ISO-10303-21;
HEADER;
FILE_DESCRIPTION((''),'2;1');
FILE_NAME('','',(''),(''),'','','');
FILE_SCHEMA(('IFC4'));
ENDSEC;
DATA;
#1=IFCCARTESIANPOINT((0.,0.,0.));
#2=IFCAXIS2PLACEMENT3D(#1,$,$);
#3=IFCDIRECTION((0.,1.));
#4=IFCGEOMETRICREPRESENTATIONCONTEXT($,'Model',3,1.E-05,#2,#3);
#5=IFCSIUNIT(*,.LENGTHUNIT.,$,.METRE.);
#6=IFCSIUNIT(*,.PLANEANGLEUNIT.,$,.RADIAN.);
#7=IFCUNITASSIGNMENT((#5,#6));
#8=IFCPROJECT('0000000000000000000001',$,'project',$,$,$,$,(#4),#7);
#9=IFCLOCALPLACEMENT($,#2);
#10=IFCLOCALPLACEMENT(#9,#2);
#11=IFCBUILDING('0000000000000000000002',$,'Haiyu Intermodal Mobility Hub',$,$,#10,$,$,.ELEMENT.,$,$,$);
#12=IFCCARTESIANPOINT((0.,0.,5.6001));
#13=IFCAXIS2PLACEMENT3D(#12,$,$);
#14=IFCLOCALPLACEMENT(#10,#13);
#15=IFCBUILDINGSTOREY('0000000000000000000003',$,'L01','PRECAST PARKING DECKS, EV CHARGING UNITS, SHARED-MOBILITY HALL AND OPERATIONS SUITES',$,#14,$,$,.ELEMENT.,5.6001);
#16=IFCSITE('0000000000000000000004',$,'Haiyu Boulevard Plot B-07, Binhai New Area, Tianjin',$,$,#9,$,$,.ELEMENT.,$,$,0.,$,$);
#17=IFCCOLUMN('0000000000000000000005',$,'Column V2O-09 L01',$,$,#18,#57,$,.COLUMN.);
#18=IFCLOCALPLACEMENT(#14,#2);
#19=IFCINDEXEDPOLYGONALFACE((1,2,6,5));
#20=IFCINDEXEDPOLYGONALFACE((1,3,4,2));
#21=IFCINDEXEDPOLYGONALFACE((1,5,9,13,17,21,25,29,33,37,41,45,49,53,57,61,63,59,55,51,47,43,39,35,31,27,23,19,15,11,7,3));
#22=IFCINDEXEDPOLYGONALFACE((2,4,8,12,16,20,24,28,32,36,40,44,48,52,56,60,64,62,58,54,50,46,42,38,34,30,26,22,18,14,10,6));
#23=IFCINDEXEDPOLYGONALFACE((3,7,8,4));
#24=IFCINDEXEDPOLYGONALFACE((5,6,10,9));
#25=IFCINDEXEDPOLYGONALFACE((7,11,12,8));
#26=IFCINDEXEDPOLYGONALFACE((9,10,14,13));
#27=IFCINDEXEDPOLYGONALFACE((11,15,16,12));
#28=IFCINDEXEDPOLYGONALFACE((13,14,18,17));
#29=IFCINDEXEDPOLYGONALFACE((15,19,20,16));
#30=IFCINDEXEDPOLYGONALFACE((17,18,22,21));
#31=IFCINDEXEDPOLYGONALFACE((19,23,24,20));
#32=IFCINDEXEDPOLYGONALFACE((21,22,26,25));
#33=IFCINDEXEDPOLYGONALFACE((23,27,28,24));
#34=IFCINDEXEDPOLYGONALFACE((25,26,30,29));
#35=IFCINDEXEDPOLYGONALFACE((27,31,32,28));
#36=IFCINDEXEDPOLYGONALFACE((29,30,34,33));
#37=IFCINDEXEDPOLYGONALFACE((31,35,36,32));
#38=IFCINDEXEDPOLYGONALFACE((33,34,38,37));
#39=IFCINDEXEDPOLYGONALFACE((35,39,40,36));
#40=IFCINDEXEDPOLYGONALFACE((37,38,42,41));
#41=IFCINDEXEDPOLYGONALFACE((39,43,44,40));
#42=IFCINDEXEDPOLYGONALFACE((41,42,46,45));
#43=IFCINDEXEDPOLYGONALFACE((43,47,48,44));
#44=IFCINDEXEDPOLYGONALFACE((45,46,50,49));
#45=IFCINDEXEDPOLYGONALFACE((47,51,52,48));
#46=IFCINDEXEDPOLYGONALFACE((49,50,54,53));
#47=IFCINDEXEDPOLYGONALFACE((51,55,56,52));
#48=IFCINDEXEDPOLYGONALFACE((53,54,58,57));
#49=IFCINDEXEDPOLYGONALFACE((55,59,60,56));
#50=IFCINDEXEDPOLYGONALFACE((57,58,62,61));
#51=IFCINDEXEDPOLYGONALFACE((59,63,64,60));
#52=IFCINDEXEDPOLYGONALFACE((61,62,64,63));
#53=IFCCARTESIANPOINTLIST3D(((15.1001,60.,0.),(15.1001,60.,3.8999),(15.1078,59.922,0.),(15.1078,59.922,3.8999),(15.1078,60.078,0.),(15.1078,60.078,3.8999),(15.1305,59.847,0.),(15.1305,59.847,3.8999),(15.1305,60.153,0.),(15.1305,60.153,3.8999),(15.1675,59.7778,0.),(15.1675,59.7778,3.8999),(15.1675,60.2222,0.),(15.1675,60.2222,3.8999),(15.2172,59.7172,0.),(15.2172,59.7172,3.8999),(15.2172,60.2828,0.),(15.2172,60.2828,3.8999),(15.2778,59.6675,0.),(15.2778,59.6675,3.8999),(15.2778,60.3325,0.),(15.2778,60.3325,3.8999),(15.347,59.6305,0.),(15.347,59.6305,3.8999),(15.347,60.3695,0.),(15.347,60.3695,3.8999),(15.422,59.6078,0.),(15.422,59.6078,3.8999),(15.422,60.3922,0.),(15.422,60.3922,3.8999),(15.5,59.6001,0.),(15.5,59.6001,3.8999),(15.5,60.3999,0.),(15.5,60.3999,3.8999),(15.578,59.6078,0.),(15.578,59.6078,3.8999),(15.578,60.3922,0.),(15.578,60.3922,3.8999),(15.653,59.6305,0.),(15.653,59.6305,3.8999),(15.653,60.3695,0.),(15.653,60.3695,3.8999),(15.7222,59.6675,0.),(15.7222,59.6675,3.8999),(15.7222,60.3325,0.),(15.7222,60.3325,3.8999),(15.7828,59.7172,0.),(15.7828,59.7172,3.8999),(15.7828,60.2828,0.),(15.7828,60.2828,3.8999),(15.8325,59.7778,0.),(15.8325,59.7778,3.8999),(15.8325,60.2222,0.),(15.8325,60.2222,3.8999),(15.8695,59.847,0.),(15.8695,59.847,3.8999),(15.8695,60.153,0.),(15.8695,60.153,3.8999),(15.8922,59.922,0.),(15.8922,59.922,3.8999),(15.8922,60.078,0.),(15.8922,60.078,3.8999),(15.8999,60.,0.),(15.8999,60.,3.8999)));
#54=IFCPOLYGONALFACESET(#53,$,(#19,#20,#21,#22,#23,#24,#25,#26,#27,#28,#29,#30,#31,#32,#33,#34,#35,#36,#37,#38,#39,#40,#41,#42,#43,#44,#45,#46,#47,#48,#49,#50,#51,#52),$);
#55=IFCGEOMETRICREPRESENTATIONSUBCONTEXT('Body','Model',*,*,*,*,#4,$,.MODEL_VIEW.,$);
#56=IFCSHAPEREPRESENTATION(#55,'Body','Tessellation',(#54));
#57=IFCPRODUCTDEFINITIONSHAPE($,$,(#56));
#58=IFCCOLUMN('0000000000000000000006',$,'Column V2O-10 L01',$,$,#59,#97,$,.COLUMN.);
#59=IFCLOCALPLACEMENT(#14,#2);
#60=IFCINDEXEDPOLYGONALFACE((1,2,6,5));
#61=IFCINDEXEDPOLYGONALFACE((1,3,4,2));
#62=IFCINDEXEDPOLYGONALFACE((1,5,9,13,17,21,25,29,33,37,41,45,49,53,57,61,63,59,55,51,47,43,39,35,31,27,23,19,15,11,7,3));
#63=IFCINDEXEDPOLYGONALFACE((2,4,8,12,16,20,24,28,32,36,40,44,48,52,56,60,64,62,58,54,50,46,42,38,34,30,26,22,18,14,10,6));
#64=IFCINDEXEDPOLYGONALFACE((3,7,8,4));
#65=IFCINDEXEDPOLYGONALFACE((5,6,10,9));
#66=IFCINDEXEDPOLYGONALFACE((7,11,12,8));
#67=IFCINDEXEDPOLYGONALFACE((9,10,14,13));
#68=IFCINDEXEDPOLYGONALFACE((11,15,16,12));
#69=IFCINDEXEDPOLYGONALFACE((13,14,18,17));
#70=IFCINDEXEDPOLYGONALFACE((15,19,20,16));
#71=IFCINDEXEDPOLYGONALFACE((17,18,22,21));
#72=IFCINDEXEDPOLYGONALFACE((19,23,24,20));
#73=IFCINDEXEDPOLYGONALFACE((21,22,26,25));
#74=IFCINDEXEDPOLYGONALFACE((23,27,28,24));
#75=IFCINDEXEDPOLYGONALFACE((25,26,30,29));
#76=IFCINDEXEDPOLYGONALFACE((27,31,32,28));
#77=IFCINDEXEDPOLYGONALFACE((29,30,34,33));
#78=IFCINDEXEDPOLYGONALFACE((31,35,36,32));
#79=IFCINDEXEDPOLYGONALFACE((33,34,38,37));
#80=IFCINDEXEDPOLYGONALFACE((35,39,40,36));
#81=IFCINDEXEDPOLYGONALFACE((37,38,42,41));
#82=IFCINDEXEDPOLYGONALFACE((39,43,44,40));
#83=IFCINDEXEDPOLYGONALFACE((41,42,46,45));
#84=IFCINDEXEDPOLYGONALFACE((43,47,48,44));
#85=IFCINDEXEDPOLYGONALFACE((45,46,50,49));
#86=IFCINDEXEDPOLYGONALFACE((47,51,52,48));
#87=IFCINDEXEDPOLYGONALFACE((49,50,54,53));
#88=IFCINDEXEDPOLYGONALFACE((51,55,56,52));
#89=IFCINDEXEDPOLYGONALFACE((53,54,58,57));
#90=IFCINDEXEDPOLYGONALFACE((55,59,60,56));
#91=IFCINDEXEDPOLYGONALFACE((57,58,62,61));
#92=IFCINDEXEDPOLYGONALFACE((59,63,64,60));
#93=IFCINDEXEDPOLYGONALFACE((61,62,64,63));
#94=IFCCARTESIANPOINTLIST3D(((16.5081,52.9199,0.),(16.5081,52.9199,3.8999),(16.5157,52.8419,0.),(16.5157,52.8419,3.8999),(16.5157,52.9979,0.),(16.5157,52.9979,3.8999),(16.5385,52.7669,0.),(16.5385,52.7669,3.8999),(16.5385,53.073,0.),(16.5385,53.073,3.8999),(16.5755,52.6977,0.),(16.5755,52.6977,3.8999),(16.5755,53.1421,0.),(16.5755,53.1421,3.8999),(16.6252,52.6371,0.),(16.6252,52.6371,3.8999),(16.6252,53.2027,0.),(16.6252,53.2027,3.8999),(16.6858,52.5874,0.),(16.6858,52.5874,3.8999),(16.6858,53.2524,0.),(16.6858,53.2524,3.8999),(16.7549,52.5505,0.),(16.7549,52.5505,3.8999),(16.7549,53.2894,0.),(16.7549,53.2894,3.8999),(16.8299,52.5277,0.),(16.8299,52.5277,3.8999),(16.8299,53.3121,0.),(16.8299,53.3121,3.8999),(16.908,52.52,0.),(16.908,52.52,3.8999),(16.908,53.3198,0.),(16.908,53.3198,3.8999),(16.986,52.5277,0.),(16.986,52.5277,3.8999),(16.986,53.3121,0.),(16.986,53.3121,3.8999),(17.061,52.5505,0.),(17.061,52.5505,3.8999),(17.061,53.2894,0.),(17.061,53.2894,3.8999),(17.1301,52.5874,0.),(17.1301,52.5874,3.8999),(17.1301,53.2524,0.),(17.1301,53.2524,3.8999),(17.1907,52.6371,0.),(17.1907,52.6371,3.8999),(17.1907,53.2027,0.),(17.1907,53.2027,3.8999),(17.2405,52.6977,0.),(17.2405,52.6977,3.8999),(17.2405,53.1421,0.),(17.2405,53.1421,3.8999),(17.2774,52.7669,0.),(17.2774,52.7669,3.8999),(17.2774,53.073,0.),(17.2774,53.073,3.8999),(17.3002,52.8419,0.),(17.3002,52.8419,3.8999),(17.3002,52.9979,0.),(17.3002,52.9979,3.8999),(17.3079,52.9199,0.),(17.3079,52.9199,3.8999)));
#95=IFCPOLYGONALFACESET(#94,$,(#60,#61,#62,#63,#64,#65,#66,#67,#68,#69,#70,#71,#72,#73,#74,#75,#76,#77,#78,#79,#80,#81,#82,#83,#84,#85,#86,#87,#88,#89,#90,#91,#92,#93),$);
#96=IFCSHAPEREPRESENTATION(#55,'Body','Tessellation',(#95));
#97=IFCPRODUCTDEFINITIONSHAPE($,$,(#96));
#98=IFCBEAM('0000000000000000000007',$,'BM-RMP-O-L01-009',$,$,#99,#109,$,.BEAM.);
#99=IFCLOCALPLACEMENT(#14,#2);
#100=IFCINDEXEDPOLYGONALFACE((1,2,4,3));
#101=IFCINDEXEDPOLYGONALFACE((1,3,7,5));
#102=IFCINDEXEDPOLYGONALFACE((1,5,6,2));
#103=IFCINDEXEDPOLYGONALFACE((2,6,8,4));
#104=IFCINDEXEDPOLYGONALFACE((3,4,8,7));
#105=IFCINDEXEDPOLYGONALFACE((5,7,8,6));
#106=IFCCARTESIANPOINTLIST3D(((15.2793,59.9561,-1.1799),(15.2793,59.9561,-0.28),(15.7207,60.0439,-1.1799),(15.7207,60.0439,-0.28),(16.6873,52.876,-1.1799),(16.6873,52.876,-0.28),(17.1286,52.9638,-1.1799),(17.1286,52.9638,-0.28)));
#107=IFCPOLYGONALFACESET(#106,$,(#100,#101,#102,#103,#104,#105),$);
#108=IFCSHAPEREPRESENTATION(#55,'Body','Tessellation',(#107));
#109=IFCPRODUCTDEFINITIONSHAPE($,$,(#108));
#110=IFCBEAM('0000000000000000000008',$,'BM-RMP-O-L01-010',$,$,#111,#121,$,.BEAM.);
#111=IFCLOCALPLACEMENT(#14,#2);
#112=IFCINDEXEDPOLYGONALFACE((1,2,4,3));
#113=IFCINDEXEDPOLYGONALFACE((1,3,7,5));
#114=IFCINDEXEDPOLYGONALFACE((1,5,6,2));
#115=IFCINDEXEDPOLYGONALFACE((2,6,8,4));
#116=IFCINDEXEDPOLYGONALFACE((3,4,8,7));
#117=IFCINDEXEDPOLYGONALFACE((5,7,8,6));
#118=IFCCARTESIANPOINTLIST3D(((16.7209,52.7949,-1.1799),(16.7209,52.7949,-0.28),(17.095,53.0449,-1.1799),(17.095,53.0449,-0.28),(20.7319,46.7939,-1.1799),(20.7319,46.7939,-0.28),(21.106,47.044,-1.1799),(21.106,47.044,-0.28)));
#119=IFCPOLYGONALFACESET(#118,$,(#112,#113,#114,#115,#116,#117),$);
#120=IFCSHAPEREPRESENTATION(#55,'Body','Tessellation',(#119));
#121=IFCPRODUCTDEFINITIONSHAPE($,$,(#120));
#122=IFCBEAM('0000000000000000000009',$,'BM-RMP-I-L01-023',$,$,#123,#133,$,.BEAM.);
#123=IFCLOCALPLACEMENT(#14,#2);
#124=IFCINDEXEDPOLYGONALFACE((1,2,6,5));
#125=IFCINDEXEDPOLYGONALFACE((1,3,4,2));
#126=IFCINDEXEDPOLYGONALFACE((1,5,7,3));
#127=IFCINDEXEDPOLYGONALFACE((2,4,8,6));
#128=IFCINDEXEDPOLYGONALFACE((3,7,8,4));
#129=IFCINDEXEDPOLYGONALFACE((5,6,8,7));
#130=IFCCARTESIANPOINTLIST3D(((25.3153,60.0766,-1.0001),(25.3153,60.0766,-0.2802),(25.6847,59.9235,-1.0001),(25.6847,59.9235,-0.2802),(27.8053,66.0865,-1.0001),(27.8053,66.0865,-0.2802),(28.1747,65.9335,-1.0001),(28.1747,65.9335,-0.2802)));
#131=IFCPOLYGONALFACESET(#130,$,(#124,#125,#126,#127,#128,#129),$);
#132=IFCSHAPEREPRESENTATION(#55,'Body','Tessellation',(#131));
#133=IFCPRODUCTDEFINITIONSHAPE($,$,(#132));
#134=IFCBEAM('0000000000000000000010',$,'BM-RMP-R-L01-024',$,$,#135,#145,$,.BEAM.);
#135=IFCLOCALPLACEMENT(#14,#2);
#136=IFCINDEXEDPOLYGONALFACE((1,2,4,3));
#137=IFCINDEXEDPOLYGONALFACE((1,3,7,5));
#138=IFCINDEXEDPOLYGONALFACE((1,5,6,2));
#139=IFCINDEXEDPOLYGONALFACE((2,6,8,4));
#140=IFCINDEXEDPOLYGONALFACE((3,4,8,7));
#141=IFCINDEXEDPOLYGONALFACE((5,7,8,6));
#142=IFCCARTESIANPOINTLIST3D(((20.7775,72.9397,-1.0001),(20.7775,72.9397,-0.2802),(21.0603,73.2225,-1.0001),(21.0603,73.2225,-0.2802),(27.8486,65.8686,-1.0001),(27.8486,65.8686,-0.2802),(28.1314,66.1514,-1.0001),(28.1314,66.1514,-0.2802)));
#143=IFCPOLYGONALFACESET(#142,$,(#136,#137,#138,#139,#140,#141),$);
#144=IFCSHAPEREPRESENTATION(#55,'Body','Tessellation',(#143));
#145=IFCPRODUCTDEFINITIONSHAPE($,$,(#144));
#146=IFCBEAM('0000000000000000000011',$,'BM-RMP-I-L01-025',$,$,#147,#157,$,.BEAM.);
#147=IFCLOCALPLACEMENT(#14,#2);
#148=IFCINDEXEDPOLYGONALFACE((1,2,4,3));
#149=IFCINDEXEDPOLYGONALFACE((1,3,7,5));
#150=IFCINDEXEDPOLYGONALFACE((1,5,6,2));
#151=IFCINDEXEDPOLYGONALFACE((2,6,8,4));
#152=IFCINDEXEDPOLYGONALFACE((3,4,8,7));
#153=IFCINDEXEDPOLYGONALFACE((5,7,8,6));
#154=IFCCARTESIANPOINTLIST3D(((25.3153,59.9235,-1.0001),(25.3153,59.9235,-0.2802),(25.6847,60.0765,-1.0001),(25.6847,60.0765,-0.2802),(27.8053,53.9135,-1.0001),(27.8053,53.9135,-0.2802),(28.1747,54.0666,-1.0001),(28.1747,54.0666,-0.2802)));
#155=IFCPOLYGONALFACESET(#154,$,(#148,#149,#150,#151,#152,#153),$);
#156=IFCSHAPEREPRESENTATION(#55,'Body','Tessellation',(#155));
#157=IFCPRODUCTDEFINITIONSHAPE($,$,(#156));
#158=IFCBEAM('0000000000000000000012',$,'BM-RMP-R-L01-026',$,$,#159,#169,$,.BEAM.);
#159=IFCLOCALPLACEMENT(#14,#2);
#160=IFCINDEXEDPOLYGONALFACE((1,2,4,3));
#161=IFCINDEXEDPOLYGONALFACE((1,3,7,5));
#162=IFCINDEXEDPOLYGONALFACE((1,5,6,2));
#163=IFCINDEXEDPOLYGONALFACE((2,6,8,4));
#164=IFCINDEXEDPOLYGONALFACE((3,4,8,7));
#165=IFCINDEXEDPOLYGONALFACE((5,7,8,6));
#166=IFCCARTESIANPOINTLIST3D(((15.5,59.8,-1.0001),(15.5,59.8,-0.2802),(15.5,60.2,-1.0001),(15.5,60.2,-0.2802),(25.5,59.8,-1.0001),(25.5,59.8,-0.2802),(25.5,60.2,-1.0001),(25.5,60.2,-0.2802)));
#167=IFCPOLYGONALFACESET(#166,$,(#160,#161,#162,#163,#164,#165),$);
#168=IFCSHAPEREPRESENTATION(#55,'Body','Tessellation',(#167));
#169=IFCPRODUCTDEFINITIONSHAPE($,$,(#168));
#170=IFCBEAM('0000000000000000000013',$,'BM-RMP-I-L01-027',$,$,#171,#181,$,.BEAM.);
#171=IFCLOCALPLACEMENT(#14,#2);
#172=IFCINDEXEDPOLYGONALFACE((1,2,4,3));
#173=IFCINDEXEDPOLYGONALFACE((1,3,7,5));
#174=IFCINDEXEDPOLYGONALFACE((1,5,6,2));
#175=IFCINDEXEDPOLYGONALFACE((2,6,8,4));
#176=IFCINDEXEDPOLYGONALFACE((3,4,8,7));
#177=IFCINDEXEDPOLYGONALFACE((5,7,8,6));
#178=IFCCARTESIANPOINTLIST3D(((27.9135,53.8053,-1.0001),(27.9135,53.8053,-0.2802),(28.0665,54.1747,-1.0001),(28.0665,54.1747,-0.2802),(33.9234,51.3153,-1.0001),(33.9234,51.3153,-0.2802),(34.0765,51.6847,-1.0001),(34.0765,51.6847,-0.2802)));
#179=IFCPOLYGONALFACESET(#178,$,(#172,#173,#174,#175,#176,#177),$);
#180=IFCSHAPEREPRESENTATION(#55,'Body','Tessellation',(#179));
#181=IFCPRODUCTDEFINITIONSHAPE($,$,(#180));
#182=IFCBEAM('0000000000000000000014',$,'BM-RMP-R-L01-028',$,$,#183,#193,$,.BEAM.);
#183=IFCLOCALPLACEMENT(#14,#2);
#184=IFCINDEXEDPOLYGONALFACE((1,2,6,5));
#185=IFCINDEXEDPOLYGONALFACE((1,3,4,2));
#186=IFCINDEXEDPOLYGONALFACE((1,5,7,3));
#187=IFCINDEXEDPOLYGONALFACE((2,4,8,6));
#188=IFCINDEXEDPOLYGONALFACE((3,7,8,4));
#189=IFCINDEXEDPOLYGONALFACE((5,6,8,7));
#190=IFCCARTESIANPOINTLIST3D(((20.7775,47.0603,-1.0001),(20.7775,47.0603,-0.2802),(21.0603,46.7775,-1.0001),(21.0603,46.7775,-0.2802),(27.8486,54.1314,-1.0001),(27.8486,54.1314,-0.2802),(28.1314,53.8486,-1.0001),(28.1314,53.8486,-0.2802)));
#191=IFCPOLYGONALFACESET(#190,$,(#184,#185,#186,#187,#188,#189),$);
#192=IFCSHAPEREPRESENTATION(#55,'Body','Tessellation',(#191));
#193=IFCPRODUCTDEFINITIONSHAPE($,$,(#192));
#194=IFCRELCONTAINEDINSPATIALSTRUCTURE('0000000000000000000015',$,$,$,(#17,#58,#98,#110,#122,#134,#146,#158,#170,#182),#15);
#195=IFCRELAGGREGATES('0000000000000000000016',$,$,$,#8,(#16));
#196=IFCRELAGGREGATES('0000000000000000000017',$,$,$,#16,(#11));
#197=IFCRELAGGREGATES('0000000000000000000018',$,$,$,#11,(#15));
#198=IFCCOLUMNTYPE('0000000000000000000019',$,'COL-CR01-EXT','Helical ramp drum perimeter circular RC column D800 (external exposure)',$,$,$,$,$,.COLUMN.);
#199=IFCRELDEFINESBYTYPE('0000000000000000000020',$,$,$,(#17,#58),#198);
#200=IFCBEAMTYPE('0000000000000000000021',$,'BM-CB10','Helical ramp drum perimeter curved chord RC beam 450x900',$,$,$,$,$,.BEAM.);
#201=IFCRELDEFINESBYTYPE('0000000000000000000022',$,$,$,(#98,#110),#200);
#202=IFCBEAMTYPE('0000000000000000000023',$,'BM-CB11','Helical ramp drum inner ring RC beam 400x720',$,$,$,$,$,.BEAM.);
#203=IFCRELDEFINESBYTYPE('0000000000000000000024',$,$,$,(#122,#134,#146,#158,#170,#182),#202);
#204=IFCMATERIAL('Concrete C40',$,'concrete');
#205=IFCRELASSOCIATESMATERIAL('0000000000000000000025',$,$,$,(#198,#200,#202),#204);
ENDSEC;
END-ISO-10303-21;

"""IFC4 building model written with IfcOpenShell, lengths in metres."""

from ifc_helpers import new_model, si_unit, direction, frame, origin, origin_2d, place, context, subcontext, project, spatial, rectangle, circle, extrude, material, material_profile, profile_set, type_object, element, save


model = new_model("IFC4")

# Units and contexts
model_context = context("Model", 3, precision=1e-05, world=origin(), true_north=direction((0.0, 1.0)))
body_context = subcontext(model_context, "Body", "Model", "MODEL_VIEW")
ifc_project = project(units=[si_unit("LENGTHUNIT", "METRE"), si_unit("PLANEANGLEUNIT", "RADIAN")], contexts=[model_context])

# Site, building, storey
site_placement = place(None, origin())
site = spatial("IfcSite", under=ifc_project, at=site_placement, Name="Haiyu Boulevard Plot B-07, Binhai New Area, Tianjin", CompositionType="ELEMENT", RefElevation=0.0)
building_placement = place(site_placement, origin())
building = spatial("IfcBuilding", under=site, at=building_placement, Name="Haiyu Intermodal Mobility Hub", CompositionType="ELEMENT")
storey_placement = place(building_placement, frame((0.0, 0.0, 5.6001)))
storey = spatial("IfcBuildingStorey", under=building, at=storey_placement, Name="L01", Description="PRECAST PARKING DECKS, EV CHARGING UNITS, SHARED-MOBILITY HALL AND OPERATIONS SUITES", CompositionType="ELEMENT", Elevation=5.6001)

# Columns
ifc_material_1 = material(Name="Concrete C40", Category="concrete")
ifc_material_profile_1 = material_profile(ifc_material_1, circle(Radius=0.3999, at=origin_2d()), Name="RCCOL-D800")
ifc_profile_set_1 = profile_set([ifc_material_profile_1], Name="Concrete C40")
column_type_1 = type_object("IfcColumnType", Name="COL-CR01-EXT", Description="Helical ramp drum perimeter circular RC column D800 (external exposure)", PredefinedType="COLUMN", material=ifc_profile_set_1)
for number, where, z_axis, x_axis, name in (
    (1, (15.5, 60.0, 0.0), (0.0, 0.0, 1.0), (1.0, 0.0, 0.0), "Column V2O-09 L01"),
    (2, (16.908, 52.9199, 0.0), (0.0, 0.0, 1.0), (1.0, 0.0, 0.0), "Column V2O-10 L01"),
):
    element("IfcColumn", number, at=place(storey_placement, frame(where, z_axis=z_axis, x_axis=x_axis)), inside=storey, type_object=column_type_1, Name=name, PredefinedType="COLUMN", context=body_context, shape_type="SweptSolid", body=[
        extrude(circle(Radius=0.3999, at=origin_2d()), origin(), (0.0, 0.0, 1.0), 3.8999),
    ])

# Beams
ifc_material_profile_2 = material_profile(ifc_material_1, rectangle(XDim=0.45, YDim=0.8999, at=origin_2d()), Name="RCB450x900")
ifc_profile_set_2 = profile_set([ifc_material_profile_2], Name="Concrete C40")
beam_type_1 = type_object("IfcBeamType", Name="BM-CB10", Description="Helical ramp drum perimeter curved chord RC beam 450x900", PredefinedType="BEAM", material=ifc_profile_set_2)
beam_1_placement = place(storey_placement, frame((15.5, 60.0, -0.73), z_axis=(0.195043, -0.980795, 0.0), x_axis=(0.980795, 0.195043, 0.0)))
element("IfcBeam", 3, at=beam_1_placement, inside=storey, type_object=beam_type_1, Name="BM-RMP-O-L01-009", PredefinedType="BEAM", context=body_context, shape_type="SweptSolid", body=[
    extrude(rectangle(XDim=0.45, YDim=0.8999, at=origin_2d()), origin(), (0.0, 0.0, 1.0), 7.2188),
])
beam_2_placement = place(storey_placement, frame((16.908, 52.9199, -0.73), z_axis=(0.555691, -0.831389, 0.0), x_axis=(0.831389, 0.555691, 0.0)))
element("IfcBeam", 4, at=beam_2_placement, inside=storey, type_object=beam_type_1, Name="BM-RMP-O-L01-010", PredefinedType="BEAM", context=body_context, shape_type="SweptSolid", body=[
    extrude(rectangle(XDim=0.45, YDim=0.8999, at=origin_2d()), origin(), (0.0, 0.0, 1.0), 7.218),
])
ifc_material_profile_3 = material_profile(ifc_material_1, rectangle(XDim=0.3999, YDim=0.72, at=origin_2d()), Name="RCB400x720")
ifc_profile_set_3 = profile_set([ifc_material_profile_3], Name="Concrete C40")
beam_type_2 = type_object("IfcBeamType", Name="BM-CB11", Description="Helical ramp drum inner ring RC beam 400x720", PredefinedType="BEAM", material=ifc_profile_set_3)
beam_3_placement = place(storey_placement, frame((27.99, 66.01, -0.6401), z_axis=(-0.382757, -0.923849, 0.0), x_axis=(0.923849, -0.382757, 0.0)))
element("IfcBeam", 5, at=beam_3_placement, inside=storey, type_object=beam_type_2, Name="BM-RMP-I-L01-023", PredefinedType="BEAM", context=body_context, shape_type="SweptSolid", body=[
    extrude(rectangle(XDim=0.3999, YDim=0.72, at=origin_2d()), origin(), (0.0, 0.0, 1.0), 6.5054),
])
beam_4_placement = place(storey_placement, frame((27.99, 66.01, -0.6401), z_axis=(-0.707107, 0.707107, 0.0), x_axis=(-0.707107, -0.707107, 0.0)))
element("IfcBeam", 6, at=beam_4_placement, inside=storey, type_object=beam_type_2, Name="BM-RMP-R-L01-024", PredefinedType="BEAM", context=body_context, shape_type="SweptSolid", body=[
    extrude(rectangle(XDim=0.3999, YDim=0.72, at=origin_2d()), origin(), (0.0, 0.0, 1.0), 10.0),
])
beam_5_placement = place(storey_placement, frame((25.5, 60.0, -0.6401), z_axis=(0.382757, -0.923849, 0.0), x_axis=(0.923849, 0.382757, 0.0)))
element("IfcBeam", 7, at=beam_5_placement, inside=storey, type_object=beam_type_2, Name="BM-RMP-I-L01-025", PredefinedType="BEAM", context=body_context, shape_type="SweptSolid", body=[
    extrude(rectangle(XDim=0.3999, YDim=0.72, at=origin_2d()), origin(), (0.0, 0.0, 1.0), 6.5054),
])
beam_6_placement = place(storey_placement, frame((25.5, 60.0, -0.6401), z_axis=(-1.0, 0.0, 0.0), x_axis=(0.0, -1.0, 0.0)))
element("IfcBeam", 8, at=beam_6_placement, inside=storey, type_object=beam_type_2, Name="BM-RMP-R-L01-026", PredefinedType="BEAM", context=body_context, shape_type="SweptSolid", body=[
    extrude(rectangle(XDim=0.3999, YDim=0.72, at=origin_2d()), origin(), (0.0, 0.0, 1.0), 10.0),
])
beam_7_placement = place(storey_placement, frame((27.99, 53.99, -0.6401), z_axis=(0.923849, -0.382757, 0.0), x_axis=(0.382757, 0.923849, 0.0)))
element("IfcBeam", 9, at=beam_7_placement, inside=storey, type_object=beam_type_2, Name="BM-RMP-I-L01-027", PredefinedType="BEAM", context=body_context, shape_type="SweptSolid", body=[
    extrude(rectangle(XDim=0.3999, YDim=0.72, at=origin_2d()), origin(), (0.0, 0.0, 1.0), 6.5054),
])
beam_8_placement = place(storey_placement, frame((27.99, 53.99, -0.6401), z_axis=(-0.707107, -0.707107, 0.0), x_axis=(0.707107, -0.707107, 0.0)))
element("IfcBeam", 10, at=beam_8_placement, inside=storey, type_object=beam_type_2, Name="BM-RMP-R-L01-028", PredefinedType="BEAM", context=body_context, shape_type="SweptSolid", body=[
    extrude(rectangle(XDim=0.3999, YDim=0.72, at=origin_2d()), origin(), (0.0, 0.0, 1.0), 10.0),
])

save(model, "model.ifc")
